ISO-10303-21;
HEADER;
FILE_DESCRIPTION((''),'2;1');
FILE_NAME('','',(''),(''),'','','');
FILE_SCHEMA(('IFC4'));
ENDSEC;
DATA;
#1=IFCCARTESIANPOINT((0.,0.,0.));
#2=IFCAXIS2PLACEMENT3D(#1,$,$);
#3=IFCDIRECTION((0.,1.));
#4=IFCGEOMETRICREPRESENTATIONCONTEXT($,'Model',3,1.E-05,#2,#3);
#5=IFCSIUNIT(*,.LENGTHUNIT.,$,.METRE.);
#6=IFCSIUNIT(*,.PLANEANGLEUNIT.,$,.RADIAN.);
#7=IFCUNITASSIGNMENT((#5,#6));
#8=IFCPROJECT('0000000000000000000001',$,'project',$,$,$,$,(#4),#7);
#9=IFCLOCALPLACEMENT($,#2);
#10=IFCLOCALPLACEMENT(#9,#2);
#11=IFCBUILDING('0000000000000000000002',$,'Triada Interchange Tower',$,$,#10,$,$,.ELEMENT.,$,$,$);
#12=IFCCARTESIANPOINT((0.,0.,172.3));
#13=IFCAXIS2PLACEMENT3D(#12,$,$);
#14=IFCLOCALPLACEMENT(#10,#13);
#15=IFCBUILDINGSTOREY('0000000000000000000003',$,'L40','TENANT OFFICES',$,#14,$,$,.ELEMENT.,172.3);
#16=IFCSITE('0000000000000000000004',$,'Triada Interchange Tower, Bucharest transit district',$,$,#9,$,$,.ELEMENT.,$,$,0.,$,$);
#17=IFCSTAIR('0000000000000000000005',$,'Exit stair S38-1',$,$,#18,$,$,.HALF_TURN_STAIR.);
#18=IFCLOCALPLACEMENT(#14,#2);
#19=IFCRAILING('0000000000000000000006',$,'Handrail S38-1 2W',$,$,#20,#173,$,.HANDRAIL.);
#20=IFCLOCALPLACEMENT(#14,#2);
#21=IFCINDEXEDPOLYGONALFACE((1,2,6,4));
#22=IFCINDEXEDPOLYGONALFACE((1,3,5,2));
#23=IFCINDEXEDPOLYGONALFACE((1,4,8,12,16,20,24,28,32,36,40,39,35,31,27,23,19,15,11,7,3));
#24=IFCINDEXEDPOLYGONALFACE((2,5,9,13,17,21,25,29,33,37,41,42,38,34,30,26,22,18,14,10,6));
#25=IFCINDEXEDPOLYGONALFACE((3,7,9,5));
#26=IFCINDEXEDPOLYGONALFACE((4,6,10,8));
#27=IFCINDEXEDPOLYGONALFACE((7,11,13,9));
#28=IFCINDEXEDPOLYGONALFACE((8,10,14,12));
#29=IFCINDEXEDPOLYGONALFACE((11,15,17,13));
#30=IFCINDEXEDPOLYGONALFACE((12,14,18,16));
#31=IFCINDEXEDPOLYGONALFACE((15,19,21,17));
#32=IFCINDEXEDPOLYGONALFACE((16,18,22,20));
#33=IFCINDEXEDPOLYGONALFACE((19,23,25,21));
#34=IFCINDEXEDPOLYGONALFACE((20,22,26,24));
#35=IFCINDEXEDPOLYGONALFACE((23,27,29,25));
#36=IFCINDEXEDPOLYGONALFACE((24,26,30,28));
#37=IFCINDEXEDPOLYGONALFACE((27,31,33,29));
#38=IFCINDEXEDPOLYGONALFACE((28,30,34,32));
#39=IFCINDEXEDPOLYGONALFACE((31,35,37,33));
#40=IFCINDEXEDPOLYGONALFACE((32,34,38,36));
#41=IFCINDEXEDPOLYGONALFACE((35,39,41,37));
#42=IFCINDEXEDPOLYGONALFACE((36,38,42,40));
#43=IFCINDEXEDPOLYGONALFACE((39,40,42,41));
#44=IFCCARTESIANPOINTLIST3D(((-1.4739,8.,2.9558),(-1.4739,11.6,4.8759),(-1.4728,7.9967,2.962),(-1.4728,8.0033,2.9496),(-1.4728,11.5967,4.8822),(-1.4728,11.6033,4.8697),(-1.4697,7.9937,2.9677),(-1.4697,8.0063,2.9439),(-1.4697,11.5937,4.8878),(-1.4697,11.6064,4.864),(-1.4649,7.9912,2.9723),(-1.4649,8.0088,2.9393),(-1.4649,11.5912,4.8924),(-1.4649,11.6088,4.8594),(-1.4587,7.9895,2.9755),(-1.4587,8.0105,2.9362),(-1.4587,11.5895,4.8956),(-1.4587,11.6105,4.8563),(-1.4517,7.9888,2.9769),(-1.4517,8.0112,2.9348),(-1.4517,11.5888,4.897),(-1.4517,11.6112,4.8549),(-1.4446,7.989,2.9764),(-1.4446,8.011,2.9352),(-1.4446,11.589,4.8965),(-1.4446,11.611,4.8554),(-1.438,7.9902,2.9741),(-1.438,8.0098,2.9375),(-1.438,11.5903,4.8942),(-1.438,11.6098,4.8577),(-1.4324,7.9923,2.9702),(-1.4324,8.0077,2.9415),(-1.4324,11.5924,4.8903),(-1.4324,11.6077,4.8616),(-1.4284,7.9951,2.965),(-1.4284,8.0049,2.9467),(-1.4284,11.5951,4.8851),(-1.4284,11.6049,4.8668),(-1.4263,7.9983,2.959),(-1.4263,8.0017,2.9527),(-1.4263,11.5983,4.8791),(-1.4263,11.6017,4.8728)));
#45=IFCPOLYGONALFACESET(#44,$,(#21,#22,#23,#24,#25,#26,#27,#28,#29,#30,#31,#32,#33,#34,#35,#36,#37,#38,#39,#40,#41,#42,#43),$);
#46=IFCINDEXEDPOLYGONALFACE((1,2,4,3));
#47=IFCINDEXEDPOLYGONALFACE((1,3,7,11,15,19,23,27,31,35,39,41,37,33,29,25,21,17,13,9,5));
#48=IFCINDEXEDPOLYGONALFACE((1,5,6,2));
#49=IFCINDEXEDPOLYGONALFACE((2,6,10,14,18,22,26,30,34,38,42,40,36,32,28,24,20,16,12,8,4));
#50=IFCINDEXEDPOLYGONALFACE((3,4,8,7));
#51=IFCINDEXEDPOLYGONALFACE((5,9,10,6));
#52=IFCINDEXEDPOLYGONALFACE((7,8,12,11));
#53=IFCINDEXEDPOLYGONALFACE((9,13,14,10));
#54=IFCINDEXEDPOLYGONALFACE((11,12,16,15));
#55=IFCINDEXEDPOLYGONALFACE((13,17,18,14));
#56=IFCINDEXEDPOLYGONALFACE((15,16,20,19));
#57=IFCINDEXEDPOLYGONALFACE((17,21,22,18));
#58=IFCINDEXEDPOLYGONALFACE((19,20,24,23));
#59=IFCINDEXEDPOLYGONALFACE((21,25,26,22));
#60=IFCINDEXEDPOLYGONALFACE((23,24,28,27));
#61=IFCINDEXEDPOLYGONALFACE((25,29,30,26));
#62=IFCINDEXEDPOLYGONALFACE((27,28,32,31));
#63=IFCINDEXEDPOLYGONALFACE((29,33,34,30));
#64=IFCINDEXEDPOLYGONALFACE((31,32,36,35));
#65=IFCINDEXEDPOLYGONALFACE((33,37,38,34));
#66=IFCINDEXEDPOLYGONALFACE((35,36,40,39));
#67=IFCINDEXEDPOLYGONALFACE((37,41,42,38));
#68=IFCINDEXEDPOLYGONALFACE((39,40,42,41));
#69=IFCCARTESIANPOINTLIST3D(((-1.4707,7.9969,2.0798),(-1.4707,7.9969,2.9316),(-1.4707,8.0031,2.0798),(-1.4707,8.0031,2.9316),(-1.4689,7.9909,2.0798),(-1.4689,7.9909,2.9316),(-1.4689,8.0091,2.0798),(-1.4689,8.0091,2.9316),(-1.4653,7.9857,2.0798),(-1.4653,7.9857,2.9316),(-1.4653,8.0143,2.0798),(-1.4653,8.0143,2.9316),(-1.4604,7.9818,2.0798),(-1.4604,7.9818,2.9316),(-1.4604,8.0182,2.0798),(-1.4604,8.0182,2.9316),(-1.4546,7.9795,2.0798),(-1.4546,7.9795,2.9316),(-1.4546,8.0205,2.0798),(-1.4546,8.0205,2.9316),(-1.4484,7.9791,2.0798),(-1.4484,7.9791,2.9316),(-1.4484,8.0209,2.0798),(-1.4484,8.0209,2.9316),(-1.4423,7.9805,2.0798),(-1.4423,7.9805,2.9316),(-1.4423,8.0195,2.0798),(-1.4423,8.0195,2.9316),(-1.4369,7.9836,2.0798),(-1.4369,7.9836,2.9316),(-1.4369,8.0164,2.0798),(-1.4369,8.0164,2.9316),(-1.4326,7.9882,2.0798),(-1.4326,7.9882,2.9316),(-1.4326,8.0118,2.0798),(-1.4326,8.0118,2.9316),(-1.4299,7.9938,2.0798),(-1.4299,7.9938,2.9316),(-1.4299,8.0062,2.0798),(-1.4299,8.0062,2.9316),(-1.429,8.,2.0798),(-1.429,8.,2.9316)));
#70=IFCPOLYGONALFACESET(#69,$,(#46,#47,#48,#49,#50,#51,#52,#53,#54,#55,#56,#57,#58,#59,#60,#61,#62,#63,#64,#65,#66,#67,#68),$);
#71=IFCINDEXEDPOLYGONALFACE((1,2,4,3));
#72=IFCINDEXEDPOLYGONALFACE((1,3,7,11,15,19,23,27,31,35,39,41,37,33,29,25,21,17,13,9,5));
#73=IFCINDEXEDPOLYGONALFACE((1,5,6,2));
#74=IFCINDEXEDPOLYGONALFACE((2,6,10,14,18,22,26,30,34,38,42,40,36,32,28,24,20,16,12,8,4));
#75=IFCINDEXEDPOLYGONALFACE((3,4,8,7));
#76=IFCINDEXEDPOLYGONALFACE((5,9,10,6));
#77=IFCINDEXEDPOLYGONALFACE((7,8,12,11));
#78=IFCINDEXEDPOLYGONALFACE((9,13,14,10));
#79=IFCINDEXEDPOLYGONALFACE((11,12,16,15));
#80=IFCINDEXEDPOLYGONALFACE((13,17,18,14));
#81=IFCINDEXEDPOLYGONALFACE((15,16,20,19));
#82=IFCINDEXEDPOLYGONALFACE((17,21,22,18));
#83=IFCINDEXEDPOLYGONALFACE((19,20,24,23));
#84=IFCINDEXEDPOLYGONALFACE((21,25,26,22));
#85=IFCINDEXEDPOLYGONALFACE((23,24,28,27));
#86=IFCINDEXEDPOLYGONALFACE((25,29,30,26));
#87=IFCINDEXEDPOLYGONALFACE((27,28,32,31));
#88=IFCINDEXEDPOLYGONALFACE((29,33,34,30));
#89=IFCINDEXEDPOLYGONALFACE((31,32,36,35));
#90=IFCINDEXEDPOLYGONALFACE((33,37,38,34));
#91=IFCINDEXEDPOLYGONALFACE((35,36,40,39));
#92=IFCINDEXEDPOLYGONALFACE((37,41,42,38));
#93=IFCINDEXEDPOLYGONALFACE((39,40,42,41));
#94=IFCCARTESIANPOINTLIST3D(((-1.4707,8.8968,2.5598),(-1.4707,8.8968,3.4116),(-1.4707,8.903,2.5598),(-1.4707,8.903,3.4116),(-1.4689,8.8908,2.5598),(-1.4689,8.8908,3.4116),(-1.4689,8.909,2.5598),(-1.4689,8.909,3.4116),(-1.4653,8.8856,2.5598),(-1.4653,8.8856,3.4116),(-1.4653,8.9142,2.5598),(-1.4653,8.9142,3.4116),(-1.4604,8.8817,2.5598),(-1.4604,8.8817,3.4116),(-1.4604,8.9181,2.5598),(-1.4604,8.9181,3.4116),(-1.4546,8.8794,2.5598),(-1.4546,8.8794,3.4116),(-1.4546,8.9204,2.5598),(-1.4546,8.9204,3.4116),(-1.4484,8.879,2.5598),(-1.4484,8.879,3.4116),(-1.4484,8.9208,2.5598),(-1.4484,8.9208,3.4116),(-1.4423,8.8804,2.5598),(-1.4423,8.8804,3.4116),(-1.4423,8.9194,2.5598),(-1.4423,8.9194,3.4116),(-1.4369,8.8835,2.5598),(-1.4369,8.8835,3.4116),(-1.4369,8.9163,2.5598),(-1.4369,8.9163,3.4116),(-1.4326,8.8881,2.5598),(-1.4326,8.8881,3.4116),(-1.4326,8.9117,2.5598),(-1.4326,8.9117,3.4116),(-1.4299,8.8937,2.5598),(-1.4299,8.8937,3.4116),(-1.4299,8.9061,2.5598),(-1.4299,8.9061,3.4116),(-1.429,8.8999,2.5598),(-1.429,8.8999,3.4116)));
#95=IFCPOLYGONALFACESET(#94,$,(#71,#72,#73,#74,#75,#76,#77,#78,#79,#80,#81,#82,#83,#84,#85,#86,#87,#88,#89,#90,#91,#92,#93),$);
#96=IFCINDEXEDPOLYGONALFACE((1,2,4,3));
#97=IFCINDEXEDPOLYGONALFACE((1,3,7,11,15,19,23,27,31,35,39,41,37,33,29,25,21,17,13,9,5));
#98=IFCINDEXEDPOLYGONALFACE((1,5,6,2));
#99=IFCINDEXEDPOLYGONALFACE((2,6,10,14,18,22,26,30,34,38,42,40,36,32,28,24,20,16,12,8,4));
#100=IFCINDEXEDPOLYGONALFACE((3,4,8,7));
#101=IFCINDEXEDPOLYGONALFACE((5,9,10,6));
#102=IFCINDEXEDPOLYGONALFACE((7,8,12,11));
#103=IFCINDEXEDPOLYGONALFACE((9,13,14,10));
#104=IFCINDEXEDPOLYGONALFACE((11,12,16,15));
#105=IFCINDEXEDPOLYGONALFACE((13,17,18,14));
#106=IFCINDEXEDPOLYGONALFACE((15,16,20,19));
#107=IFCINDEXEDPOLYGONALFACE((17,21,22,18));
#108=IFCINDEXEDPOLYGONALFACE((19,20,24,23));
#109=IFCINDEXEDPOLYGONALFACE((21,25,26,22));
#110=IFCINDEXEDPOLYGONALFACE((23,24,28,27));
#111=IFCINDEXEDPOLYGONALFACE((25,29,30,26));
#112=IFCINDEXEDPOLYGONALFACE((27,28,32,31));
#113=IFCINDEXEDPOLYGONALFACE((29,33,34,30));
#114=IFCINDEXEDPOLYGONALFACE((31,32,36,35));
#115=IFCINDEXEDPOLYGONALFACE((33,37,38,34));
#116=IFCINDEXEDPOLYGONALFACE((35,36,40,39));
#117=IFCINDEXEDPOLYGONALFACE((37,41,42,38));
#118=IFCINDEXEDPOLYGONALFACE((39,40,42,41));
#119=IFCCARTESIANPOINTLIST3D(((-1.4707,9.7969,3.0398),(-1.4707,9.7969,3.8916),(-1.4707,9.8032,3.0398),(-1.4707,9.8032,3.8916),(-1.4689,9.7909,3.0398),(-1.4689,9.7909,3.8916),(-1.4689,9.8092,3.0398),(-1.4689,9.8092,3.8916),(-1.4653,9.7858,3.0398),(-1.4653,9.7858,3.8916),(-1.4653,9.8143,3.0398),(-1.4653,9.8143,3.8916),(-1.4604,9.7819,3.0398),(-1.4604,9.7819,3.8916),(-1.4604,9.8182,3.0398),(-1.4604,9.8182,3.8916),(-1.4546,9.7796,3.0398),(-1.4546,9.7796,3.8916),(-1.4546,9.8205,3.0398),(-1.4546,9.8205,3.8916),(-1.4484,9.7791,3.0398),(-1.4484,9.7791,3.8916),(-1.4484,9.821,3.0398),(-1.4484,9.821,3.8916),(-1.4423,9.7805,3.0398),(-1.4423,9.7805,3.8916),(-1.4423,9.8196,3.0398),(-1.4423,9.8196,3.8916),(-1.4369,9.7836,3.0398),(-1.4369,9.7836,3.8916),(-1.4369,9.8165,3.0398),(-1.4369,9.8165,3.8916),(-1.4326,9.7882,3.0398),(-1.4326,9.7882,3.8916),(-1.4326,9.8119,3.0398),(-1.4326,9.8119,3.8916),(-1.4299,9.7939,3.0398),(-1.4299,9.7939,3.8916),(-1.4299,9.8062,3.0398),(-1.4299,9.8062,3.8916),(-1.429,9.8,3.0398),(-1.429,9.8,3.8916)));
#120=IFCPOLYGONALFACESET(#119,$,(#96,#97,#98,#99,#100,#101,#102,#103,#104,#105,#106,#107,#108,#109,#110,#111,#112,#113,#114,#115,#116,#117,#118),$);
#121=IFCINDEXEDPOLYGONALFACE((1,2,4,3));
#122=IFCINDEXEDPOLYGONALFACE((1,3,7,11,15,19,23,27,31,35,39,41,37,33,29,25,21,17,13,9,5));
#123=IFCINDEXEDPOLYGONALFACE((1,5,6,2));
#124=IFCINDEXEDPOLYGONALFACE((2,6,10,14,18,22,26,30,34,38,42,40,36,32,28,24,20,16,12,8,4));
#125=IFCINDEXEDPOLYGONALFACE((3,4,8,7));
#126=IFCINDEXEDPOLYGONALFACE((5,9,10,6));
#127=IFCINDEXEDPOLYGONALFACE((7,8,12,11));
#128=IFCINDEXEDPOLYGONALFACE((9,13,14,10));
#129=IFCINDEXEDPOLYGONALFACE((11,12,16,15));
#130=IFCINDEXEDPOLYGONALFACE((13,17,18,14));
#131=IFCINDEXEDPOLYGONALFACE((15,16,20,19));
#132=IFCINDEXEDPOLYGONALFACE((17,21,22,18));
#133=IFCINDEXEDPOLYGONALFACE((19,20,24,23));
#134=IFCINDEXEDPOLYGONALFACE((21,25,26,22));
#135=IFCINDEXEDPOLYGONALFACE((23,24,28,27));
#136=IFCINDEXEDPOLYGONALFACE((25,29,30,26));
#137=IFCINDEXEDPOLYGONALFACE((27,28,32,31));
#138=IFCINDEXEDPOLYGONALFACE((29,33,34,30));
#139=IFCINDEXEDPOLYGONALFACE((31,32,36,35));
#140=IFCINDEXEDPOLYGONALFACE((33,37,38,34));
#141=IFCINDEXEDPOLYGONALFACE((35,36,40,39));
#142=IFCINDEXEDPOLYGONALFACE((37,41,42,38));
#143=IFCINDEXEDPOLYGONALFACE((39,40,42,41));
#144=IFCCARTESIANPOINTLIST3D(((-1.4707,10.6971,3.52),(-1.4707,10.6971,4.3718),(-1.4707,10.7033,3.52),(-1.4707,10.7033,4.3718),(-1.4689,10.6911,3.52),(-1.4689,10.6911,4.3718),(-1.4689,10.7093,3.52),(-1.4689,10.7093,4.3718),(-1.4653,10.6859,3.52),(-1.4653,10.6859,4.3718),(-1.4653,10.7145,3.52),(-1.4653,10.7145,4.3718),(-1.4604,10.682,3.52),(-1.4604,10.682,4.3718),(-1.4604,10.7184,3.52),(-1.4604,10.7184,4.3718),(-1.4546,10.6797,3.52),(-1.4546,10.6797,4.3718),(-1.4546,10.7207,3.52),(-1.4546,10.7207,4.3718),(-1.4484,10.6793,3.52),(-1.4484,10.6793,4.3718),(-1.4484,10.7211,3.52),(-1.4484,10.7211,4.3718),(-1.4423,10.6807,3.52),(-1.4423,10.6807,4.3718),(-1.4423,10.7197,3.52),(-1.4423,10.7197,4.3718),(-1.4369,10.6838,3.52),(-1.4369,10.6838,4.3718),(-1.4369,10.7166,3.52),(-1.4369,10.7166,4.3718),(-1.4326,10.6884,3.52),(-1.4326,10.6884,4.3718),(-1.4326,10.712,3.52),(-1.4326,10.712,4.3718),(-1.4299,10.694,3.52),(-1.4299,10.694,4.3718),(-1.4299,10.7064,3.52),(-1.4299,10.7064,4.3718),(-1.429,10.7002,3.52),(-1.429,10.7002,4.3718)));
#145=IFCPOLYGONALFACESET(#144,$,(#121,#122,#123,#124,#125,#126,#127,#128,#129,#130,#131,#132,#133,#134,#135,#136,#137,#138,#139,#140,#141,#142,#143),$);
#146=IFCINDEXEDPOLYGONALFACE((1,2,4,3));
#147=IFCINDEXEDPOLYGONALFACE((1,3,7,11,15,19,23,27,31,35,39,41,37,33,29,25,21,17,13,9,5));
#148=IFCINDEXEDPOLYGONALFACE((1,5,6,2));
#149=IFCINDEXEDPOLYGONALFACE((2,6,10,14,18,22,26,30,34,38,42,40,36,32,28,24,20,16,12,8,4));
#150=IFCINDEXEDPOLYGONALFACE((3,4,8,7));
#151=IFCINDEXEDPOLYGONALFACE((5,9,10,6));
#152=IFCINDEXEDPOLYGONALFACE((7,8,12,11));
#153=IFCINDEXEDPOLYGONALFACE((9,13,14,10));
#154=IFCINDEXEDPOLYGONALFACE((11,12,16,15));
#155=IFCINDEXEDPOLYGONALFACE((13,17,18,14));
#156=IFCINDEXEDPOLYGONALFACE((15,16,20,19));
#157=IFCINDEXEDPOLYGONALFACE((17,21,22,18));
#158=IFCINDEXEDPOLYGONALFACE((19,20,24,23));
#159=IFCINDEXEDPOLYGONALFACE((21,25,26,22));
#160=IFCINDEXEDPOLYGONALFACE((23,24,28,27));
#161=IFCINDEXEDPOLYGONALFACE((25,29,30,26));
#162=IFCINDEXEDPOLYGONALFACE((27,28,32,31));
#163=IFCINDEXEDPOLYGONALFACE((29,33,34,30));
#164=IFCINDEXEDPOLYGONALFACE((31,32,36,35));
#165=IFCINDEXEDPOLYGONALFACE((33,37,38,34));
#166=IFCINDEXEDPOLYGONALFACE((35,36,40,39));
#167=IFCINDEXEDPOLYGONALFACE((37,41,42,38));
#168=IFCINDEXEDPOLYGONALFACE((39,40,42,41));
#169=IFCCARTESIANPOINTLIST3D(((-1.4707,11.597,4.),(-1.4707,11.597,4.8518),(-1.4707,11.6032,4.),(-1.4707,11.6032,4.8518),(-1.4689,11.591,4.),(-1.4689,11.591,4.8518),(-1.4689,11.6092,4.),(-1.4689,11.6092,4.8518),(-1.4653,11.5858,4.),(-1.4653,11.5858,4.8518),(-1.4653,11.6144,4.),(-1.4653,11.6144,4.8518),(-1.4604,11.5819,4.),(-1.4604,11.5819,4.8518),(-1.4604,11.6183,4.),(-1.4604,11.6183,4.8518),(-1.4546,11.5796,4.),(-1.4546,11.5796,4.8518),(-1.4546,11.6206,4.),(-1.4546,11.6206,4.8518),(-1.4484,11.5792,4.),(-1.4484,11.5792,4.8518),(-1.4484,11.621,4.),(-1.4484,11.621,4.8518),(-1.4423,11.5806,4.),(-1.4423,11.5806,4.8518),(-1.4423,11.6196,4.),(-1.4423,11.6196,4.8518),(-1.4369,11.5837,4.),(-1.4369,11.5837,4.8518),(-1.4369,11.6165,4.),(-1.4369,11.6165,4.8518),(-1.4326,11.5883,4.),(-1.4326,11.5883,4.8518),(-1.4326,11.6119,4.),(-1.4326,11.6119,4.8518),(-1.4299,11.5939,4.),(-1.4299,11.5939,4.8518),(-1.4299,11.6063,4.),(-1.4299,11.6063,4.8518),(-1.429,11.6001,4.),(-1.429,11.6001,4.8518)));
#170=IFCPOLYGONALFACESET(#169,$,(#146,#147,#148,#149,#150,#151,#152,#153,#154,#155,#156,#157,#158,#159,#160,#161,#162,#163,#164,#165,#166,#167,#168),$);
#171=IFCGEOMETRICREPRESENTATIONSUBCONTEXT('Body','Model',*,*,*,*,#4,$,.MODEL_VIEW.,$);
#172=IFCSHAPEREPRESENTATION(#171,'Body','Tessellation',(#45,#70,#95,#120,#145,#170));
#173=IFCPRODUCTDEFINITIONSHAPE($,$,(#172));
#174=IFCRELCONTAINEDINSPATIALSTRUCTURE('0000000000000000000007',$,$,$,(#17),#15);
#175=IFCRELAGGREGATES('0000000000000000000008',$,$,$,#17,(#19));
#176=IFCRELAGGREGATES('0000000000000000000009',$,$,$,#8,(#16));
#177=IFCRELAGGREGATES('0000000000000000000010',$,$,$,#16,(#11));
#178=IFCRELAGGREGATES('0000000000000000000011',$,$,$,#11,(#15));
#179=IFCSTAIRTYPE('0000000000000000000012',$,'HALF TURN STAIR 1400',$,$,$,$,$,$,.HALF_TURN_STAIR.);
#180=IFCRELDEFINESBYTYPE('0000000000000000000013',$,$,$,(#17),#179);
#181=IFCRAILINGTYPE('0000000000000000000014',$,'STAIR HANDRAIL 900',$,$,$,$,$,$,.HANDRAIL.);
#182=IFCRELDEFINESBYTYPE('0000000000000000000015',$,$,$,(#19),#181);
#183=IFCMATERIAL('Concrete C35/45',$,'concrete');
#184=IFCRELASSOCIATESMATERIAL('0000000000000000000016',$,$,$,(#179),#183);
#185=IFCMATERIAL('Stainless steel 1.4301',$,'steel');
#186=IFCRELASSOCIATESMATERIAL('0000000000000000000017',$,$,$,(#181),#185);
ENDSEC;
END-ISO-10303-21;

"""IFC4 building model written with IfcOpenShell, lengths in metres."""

from ifc_helpers import new_model, si_unit, direction, frame, origin, origin_2d, place, context, subcontext, project, spatial, circle, extrude, material, type_object, element, aggregate, save


model = new_model("IFC4")

# Units and contexts
model_context = context("Model", 3, precision=1e-05, world=origin(), true_north=direction((0.0, 1.0)))
body_context = subcontext(model_context, "Body", "Model", "MODEL_VIEW")
ifc_project = project(units=[si_unit("LENGTHUNIT", "METRE"), si_unit("PLANEANGLEUNIT", "RADIAN")], contexts=[model_context])

# Site, building, storey
site_placement = place(None, origin())
site = spatial("IfcSite", under=ifc_project, at=site_placement, Name="Triada Interchange Tower, Bucharest transit district", CompositionType="ELEMENT", RefElevation=0.0)
building_placement = place(site_placement, origin())
building = spatial("IfcBuilding", under=site, at=building_placement, Name="Triada Interchange Tower", CompositionType="ELEMENT")
storey_placement = place(building_placement, frame((0.0, 0.0, 172.3)))
storey = spatial("IfcBuildingStorey", under=building, at=storey_placement, Name="L40", Description="TENANT OFFICES", CompositionType="ELEMENT", Elevation=172.3)

# Stair, railing
ifc_material_1 = material(Name="Concrete C35/45", Category="concrete")
stair_type = type_object("IfcStairType", Name="HALF TURN STAIR 1400", PredefinedType="HALF_TURN_STAIR", material=ifc_material_1)
stair_placement = place(storey_placement, origin())
stair = element("IfcStair", 1, at=stair_placement, inside=storey, type_object=stair_type, Name="Exit stair S38-1", PredefinedType="HALF_TURN_STAIR")
ifc_material_2 = material(Name="Stainless steel 1.4301", Category="steel")
railing_type = type_object("IfcRailingType", Name="STAIR HANDRAIL 900", PredefinedType="HANDRAIL", material=ifc_material_2)
railing_1_placement = place(storey_placement, frame((-1.45, 8.0, 2.0798)))
railing_1 = element("IfcRailing", 2, at=railing_1_placement, type_object=railing_type, Name="Handrail S38-1 2W", PredefinedType="HANDRAIL", context=body_context, shape_type="SweptSolid", body=[
    extrude(circle(Radius=0.0239, at=origin_2d()), frame((0.0, 0.0, 0.876), z_axis=(0.0, 0.882341, 0.47061), x_axis=(-1.0, 0.0, 0.0)), (0.0, 0.0, 1.0), 4.0801),
    extrude(circle(Radius=0.021, at=origin_2d()), origin(), (0.0, 0.0, 1.0), 0.8518),
    extrude(circle(Radius=0.021, at=origin_2d()), frame((0.0, 0.8999, 0.48)), (0.0, 0.0, 1.0), 0.8518),
    extrude(circle(Radius=0.021, at=origin_2d()), frame((0.0, 1.8, 0.96)), (0.0, 0.0, 1.0), 0.8518),
    extrude(circle(Radius=0.021, at=origin_2d()), frame((0.0, 2.7002, 1.4402)), (0.0, 0.0, 1.0), 0.8518),
    extrude(circle(Radius=0.021, at=origin_2d()), frame((0.0, 3.6001, 1.9202)), (0.0, 0.0, 1.0), 0.8518),
])
aggregate(stair, [railing_1])

save(model, "model.ifc")
